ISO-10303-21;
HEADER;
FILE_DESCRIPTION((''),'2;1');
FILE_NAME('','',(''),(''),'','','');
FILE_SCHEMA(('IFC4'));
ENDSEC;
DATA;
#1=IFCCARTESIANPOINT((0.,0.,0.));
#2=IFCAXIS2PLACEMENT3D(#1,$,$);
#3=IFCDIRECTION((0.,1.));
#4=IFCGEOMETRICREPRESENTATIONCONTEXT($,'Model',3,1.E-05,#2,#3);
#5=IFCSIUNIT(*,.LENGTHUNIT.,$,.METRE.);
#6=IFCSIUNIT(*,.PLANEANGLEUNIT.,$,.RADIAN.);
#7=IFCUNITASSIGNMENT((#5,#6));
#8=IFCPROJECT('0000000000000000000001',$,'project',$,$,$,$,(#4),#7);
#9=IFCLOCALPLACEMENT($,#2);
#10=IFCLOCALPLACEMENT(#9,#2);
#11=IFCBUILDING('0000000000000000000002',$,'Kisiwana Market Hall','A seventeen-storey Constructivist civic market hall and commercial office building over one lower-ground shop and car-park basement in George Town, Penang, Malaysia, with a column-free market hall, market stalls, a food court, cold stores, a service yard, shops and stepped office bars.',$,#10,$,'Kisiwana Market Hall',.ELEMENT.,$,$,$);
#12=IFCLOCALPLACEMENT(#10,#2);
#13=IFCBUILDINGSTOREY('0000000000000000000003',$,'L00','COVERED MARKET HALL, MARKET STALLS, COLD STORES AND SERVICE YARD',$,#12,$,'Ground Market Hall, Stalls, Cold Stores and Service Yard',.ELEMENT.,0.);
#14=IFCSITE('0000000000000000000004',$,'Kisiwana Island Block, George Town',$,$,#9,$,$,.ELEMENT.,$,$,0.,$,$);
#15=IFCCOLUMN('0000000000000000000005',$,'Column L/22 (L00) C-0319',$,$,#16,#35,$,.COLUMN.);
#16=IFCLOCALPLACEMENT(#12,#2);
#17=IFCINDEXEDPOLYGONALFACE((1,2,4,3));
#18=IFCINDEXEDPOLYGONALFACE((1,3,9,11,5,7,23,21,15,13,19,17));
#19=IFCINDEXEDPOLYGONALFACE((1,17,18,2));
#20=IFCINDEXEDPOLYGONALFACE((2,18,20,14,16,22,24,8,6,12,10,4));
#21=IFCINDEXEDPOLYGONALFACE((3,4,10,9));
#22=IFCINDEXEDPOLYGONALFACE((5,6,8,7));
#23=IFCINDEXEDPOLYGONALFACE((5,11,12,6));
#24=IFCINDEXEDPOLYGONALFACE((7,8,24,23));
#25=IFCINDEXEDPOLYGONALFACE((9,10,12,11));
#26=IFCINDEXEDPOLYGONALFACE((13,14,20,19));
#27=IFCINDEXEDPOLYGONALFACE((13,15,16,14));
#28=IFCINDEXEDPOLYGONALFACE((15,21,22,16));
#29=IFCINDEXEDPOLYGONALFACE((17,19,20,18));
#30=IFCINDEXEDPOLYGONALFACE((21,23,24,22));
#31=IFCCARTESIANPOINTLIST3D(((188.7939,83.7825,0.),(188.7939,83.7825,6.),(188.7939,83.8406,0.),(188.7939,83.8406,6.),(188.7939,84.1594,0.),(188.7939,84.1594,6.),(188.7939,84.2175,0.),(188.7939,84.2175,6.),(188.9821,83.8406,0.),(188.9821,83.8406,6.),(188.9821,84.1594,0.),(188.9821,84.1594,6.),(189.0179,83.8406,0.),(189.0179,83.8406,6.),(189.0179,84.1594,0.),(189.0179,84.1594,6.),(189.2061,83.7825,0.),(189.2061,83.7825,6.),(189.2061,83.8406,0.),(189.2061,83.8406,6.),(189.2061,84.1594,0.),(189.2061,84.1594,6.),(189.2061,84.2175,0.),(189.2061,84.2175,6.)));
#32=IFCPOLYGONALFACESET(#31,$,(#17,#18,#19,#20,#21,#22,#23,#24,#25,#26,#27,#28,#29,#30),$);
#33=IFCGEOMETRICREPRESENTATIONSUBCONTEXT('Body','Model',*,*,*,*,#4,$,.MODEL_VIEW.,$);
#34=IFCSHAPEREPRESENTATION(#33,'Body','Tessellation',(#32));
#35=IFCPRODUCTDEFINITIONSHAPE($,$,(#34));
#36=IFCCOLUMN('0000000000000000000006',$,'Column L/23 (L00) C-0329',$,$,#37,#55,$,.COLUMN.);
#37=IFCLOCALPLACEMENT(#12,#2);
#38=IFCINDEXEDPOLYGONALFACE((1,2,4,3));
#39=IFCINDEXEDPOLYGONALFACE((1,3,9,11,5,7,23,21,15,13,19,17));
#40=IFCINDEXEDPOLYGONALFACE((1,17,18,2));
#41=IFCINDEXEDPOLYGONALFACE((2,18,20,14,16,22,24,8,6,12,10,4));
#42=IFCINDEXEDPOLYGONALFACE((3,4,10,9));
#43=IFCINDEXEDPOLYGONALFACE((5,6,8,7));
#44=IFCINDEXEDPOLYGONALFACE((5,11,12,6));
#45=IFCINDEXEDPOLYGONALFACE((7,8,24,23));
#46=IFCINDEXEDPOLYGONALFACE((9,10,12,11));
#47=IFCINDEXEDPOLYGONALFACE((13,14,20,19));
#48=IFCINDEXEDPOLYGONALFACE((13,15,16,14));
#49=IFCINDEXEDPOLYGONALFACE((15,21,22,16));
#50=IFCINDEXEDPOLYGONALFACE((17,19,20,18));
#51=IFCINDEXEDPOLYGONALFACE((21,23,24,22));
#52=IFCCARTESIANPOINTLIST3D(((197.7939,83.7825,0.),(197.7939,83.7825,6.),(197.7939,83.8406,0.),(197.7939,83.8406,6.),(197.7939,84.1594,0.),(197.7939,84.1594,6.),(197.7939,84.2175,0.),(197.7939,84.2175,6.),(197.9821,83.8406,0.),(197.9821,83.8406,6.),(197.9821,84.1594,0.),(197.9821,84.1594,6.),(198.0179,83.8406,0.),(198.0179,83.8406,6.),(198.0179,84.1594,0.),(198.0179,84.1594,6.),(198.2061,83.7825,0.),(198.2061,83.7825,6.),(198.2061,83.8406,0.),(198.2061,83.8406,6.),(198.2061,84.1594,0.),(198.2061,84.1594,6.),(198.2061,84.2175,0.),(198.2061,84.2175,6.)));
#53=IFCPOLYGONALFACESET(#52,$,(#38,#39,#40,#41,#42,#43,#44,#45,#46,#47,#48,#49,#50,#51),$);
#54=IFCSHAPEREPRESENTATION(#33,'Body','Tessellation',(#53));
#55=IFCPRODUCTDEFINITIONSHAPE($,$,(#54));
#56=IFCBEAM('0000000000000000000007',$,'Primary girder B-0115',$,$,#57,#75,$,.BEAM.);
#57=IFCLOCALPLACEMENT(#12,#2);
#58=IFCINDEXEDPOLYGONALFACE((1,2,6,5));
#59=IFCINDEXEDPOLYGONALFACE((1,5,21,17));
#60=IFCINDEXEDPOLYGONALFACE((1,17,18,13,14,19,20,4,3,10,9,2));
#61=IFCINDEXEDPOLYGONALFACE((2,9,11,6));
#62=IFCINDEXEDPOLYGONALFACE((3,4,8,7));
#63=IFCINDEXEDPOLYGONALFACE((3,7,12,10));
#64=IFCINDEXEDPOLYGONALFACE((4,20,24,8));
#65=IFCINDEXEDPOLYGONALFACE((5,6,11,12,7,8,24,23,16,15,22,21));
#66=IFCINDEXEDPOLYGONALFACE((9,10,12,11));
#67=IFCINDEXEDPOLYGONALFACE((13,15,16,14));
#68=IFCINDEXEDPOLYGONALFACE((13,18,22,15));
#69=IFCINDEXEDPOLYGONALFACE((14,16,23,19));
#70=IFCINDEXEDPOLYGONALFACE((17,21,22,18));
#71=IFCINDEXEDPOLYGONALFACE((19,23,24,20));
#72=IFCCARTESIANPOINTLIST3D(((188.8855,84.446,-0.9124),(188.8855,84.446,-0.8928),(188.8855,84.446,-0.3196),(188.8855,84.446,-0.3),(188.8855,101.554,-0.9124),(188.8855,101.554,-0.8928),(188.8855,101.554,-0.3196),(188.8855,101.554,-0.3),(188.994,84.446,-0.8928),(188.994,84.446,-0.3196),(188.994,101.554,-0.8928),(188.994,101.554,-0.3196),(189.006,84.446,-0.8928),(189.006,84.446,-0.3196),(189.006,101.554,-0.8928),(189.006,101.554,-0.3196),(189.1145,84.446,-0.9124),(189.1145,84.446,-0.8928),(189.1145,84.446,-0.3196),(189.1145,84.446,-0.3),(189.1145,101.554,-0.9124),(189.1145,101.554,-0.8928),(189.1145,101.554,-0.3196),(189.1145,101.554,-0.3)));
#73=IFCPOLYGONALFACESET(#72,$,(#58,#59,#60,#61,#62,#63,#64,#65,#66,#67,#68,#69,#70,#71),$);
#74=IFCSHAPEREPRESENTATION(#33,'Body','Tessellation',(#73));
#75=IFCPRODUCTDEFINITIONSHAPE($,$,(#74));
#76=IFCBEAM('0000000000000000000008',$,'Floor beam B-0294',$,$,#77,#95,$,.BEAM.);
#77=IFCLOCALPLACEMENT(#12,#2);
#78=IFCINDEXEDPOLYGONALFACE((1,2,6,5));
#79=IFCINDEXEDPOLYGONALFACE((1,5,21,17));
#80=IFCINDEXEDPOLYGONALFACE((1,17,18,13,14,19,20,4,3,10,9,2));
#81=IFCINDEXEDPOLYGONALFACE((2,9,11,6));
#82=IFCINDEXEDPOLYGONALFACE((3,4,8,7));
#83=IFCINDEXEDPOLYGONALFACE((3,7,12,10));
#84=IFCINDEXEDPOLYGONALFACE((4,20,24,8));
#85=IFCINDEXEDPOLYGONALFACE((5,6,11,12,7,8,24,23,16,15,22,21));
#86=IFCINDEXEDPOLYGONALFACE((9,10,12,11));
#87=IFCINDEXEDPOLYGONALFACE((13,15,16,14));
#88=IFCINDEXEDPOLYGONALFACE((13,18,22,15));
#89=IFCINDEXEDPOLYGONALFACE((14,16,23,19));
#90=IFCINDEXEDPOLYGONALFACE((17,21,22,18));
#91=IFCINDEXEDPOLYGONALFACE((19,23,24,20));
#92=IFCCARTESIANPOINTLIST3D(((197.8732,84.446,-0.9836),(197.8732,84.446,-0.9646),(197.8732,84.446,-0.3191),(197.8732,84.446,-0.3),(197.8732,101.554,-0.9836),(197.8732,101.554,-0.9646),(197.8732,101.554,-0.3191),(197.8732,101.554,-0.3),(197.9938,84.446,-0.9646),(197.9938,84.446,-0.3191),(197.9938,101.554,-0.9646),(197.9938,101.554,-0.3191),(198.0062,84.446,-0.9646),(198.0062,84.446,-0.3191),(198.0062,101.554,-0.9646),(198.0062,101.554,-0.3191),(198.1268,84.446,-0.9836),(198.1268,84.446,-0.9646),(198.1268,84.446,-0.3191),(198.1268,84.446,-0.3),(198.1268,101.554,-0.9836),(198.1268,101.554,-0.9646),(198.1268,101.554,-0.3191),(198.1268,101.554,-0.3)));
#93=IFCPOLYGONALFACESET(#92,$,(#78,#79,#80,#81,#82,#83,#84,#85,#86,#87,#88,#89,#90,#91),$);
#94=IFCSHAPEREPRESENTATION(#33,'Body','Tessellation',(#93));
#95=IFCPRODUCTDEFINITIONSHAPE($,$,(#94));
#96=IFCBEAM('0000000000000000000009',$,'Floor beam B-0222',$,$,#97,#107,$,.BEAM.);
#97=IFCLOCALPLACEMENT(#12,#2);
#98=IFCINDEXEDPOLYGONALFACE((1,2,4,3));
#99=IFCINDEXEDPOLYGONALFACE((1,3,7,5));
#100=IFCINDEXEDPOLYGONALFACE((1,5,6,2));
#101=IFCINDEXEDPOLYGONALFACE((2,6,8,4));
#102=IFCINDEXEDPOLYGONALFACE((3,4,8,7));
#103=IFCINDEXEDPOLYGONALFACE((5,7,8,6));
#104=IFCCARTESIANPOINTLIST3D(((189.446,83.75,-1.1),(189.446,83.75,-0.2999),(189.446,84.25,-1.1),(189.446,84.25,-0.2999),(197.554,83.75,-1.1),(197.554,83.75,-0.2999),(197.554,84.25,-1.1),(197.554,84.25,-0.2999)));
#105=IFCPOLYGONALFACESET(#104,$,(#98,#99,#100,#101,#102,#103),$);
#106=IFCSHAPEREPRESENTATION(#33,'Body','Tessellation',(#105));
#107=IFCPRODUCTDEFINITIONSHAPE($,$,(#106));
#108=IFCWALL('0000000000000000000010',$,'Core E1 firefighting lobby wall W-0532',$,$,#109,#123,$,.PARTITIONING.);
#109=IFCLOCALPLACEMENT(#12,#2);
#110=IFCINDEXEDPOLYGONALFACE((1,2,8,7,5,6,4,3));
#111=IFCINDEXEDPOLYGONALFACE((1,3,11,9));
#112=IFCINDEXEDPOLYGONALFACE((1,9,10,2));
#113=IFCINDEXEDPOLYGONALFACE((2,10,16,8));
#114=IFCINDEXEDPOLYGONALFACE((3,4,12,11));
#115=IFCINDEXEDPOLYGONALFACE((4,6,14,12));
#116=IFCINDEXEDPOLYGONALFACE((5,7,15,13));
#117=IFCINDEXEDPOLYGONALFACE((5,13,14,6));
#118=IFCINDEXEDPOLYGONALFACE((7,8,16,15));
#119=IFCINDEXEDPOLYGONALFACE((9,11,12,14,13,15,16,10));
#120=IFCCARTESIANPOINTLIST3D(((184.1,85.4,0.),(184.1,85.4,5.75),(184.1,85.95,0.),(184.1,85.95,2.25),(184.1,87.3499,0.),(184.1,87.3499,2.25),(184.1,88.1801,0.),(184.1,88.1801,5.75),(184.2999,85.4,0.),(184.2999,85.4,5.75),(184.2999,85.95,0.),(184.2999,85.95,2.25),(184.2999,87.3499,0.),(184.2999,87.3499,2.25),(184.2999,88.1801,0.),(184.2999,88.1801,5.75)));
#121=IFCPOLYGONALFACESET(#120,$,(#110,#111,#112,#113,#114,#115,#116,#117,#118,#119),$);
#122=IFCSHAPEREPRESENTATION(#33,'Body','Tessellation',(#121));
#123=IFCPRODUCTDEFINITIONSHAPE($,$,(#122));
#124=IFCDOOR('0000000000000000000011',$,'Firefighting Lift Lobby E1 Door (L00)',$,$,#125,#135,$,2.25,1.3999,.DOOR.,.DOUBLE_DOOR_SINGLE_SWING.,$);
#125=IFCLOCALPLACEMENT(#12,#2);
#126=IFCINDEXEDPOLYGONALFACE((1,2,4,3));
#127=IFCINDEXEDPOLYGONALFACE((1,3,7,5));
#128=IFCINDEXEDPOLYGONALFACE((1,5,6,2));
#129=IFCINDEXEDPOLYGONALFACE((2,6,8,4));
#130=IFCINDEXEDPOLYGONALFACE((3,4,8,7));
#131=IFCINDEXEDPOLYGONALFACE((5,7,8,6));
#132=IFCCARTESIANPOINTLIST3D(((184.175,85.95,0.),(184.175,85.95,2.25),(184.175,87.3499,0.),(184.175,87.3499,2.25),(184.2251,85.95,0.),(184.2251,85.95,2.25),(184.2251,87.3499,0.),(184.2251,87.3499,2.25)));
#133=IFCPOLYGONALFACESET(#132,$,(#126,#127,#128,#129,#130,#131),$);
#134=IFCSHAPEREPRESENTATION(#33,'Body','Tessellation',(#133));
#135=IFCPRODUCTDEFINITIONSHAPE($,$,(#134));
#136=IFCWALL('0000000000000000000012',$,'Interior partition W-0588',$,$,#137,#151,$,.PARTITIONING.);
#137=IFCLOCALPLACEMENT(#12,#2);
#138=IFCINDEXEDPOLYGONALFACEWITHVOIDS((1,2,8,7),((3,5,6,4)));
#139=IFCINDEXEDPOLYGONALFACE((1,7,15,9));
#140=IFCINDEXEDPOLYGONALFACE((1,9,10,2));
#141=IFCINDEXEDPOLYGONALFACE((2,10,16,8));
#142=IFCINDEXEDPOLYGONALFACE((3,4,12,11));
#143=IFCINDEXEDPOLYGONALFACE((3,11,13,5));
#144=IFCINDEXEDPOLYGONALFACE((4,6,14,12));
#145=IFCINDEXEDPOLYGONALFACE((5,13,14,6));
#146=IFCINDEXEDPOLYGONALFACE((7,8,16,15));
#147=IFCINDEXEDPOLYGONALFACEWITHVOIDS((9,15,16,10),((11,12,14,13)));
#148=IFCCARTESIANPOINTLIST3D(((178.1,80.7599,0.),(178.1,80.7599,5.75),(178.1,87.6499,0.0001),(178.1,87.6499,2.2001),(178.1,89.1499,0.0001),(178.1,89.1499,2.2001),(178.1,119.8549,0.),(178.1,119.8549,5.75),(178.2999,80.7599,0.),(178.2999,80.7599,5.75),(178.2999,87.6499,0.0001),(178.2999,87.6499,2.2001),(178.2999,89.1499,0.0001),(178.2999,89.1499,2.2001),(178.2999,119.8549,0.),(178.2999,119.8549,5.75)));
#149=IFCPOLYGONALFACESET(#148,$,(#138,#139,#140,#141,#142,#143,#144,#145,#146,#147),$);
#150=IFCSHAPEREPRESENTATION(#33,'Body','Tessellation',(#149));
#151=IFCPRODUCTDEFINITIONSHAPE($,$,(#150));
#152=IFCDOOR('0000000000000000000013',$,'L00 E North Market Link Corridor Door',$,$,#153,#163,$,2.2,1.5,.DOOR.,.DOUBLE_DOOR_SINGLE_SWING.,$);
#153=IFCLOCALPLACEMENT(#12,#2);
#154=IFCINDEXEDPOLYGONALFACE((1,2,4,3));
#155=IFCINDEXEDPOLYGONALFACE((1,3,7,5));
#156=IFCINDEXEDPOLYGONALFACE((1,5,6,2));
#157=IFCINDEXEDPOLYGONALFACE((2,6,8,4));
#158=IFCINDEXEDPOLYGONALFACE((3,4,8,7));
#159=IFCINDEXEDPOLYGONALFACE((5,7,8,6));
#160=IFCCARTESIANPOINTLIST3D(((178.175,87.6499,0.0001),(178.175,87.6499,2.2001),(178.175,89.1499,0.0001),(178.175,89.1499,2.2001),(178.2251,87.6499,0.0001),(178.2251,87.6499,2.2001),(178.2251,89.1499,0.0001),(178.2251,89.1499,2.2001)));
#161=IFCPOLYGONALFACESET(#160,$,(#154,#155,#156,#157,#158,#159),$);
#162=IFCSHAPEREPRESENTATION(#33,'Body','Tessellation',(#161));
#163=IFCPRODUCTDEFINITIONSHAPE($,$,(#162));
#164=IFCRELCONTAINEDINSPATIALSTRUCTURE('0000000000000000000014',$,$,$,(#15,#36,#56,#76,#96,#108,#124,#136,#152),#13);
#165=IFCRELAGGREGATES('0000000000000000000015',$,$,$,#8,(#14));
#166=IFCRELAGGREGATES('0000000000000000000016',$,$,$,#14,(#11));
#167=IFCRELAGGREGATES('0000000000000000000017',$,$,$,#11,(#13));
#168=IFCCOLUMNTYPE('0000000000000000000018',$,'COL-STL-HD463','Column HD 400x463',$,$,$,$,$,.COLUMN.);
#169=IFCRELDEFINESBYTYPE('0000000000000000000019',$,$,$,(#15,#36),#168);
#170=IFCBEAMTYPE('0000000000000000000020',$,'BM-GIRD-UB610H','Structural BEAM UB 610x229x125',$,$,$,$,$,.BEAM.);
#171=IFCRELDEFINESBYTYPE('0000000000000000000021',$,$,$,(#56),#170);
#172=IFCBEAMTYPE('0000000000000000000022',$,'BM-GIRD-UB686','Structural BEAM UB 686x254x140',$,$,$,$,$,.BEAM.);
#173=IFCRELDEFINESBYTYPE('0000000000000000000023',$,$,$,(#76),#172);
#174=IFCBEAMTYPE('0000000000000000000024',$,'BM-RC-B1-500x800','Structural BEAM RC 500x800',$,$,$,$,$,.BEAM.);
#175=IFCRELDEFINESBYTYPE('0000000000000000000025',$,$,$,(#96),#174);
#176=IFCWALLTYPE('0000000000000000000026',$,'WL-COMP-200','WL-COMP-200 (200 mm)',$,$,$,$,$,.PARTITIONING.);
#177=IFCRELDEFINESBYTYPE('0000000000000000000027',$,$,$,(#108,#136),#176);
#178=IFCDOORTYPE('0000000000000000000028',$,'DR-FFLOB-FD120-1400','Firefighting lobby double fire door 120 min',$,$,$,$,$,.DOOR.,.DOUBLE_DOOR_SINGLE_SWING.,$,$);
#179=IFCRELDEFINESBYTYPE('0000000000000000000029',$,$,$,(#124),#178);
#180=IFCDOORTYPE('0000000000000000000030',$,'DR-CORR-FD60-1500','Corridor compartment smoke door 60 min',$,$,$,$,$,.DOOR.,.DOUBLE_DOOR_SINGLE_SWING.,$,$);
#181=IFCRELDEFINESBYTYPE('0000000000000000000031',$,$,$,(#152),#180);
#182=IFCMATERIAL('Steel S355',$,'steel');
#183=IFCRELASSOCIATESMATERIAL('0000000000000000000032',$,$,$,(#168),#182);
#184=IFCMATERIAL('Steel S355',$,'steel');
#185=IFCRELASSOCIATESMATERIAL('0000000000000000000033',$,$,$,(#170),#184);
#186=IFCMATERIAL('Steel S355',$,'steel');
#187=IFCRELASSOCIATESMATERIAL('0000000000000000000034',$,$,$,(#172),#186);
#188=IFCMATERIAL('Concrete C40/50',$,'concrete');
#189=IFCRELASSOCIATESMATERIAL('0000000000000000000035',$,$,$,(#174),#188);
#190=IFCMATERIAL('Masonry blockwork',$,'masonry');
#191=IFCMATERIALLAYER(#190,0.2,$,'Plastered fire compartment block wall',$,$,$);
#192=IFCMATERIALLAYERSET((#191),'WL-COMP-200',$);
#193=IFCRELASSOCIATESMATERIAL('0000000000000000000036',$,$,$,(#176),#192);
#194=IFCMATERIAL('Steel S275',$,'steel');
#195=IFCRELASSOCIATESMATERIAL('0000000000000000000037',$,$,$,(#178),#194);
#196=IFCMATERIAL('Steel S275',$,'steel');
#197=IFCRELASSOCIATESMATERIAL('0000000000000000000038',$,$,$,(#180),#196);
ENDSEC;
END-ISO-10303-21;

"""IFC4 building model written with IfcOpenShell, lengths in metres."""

from ifc_helpers import new_model, si_unit, direction, frame, frame_2d, origin, origin_2d, place, context, subcontext, project, spatial, rectangle, i_section, extrude, material, layer, layer_set, material_profile, profile_set, type_object, element, fill, save


model = new_model("IFC4")

# Units and contexts
model_context = context("Model", 3, precision=1e-05, world=origin(), true_north=direction((0.0, 1.0)))
body_context = subcontext(model_context, "Body", "Model", "MODEL_VIEW")
ifc_project = project(units=[si_unit("LENGTHUNIT", "METRE"), si_unit("PLANEANGLEUNIT", "RADIAN")], contexts=[model_context])

# Site, building, storey
site_placement = place(None, origin())
site = spatial("IfcSite", under=ifc_project, at=site_placement, Name="Kisiwana Island Block, George Town", CompositionType="ELEMENT", RefElevation=0.0)
building_placement = place(site_placement, origin())
building = spatial("IfcBuilding", under=site, at=building_placement, Name="Kisiwana Market Hall", Description="A seventeen-storey Constructivist civic market hall and commercial office building over one lower-ground shop and car-park basement in George Town, Penang, Malaysia, with a column-free market hall, market stalls, a food court, cold stores, a service yard, shops and stepped office bars.", LongName="Kisiwana Market Hall", CompositionType="ELEMENT")
storey_placement = place(building_placement, origin())
storey = spatial("IfcBuildingStorey", under=building, at=storey_placement, Name="L00", Description="COVERED MARKET HALL, MARKET STALLS, COLD STORES AND SERVICE YARD", LongName="Ground Market Hall, Stalls, Cold Stores and Service Yard", CompositionType="ELEMENT", Elevation=0.0)

# Columns
ifc_material_1 = material(Name="Steel S355", Category="steel")
ifc_material_profile_1 = material_profile(ifc_material_1, i_section(OverallWidth=0.4121, OverallDepth=0.4351, WebThickness=0.0359, FlangeThickness=0.0581, at=origin_2d()), Name="HD 400x463")
ifc_profile_set_1 = profile_set([ifc_material_profile_1], Name="Steel S355")
column_type = type_object("IfcColumnType", Name="COL-STL-HD463", Description="Column HD 400x463", PredefinedType="COLUMN", material=ifc_profile_set_1)
for number, where, z_axis, x_axis, name in (
    (1, (189.0, 84.0, 0.0), (0.0, 0.0, 1.0), (1.0, 0.0, 0.0), "Column L/22 (L00) C-0319"),
    (2, (198.0, 84.0, 0.0), (0.0, 0.0, 1.0), (1.0, 0.0, 0.0), "Column L/23 (L00) C-0329"),
):
    element("IfcColumn", number, at=place(storey_placement, frame(where, z_axis=z_axis, x_axis=x_axis)), inside=storey, type_object=column_type, Name=name, PredefinedType="COLUMN", context=body_context, shape_type="SweptSolid", body=[
        extrude(i_section(OverallWidth=0.4121, OverallDepth=0.4351, WebThickness=0.0359, FlangeThickness=0.0581, at=origin_2d()), origin(), (0.0, 0.0, 1.0), 6.0),
    ])

# Beams
ifc_material_2 = material(Name="Steel S355", Category="steel")
ifc_material_profile_2 = material_profile(ifc_material_2, i_section(OverallWidth=0.229, OverallDepth=0.6123, WebThickness=0.012, FlangeThickness=0.0195, at=origin_2d()), Name="UB 610x229x125")
ifc_profile_set_2 = profile_set([ifc_material_profile_2], Name="Steel S355")
beam_type_1 = type_object("IfcBeamType", Name="BM-GIRD-UB610H", Description="Structural BEAM UB 610x229x125", PredefinedType="BEAM", material=ifc_profile_set_2)
beam_1_placement = place(storey_placement, frame((189.0, 84.446, -0.6062), z_axis=(0.0, 1.0, 0.0), x_axis=(-1.0, 0.0, 0.0)))
element("IfcBeam", 3, at=beam_1_placement, inside=storey, type_object=beam_type_1, Name="Primary girder B-0115", PredefinedType="BEAM", context=body_context, shape_type="SweptSolid", body=[
    extrude(i_section(OverallWidth=0.229, OverallDepth=0.6123, WebThickness=0.012, FlangeThickness=0.0195, at=origin_2d()), origin(), (0.0, 0.0, 1.0), 17.1079),
])
ifc_material_3 = material(Name="Steel S355", Category="steel")
ifc_material_profile_3 = material_profile(ifc_material_3, i_section(OverallWidth=0.2537, OverallDepth=0.6836, WebThickness=0.0125, FlangeThickness=0.019, at=origin_2d()), Name="UB 686x254x140")
ifc_profile_set_3 = profile_set([ifc_material_profile_3], Name="Steel S355")
beam_type_2 = type_object("IfcBeamType", Name="BM-GIRD-UB686", Description="Structural BEAM UB 686x254x140", PredefinedType="BEAM", material=ifc_profile_set_3)
beam_2_placement = place(storey_placement, frame((198.0, 84.446, -0.6418), z_axis=(0.0, 1.0, 0.0), x_axis=(-1.0, 0.0, 0.0)))
element("IfcBeam", 4, at=beam_2_placement, inside=storey, type_object=beam_type_2, Name="Floor beam B-0294", PredefinedType="BEAM", context=body_context, shape_type="SweptSolid", body=[
    extrude(i_section(OverallWidth=0.2537, OverallDepth=0.6836, WebThickness=0.0125, FlangeThickness=0.019, at=origin_2d()), origin(), (0.0, 0.0, 1.0), 17.1079),
])
ifc_material_4 = material(Name="Concrete C40/50", Category="concrete")
ifc_material_profile_4 = material_profile(ifc_material_4, rectangle(XDim=0.5, YDim=0.8, at=origin_2d()), Name="RC 500x800")
ifc_profile_set_4 = profile_set([ifc_material_profile_4], Name="Concrete C40/50")
beam_type_3 = type_object("IfcBeamType", Name="BM-RC-B1-500x800", Description="Structural BEAM RC 500x800", PredefinedType="BEAM", material=ifc_profile_set_4)
beam_3_placement = place(storey_placement, frame((189.446, 84.0, -0.7), z_axis=(1.0, 0.0, 0.0), x_axis=(0.0, 1.0, 0.0)))
element("IfcBeam", 5, at=beam_3_placement, inside=storey, type_object=beam_type_3, Name="Floor beam B-0222", PredefinedType="BEAM", context=body_context, shape_type="SweptSolid", body=[
    extrude(rectangle(XDim=0.5, YDim=0.8, at=origin_2d()), origin(), (0.0, 0.0, 1.0), 8.1079),
])

# Walls, openings, doors
ifc_material_5 = material(Name="Masonry blockwork", Category="masonry")
ifc_layer_1 = layer(ifc_material_5, 0.2, Name="Plastered fire compartment block wall")
ifc_layer_set_1 = layer_set([ifc_layer_1], Name="WL-COMP-200")
wall_type_1 = type_object("IfcWallType", Name="WL-COMP-200", Description="WL-COMP-200 (200 mm)", PredefinedType="PARTITIONING", material=ifc_layer_set_1)
wall_1_placement = place(storey_placement, frame((184.2, 85.3999, 0.0), z_axis=(0.0, 0.0, 1.0), x_axis=(0.0, 1.0, 0.0)))
wall_1 = element("IfcWall", 6, at=wall_1_placement, inside=storey, type_object=wall_type_1, Name="Core E1 firefighting lobby wall W-0532", PredefinedType="PARTITIONING", context=body_context, shape_type="SweptSolid", body=[
    extrude(rectangle(XDim=2.78, YDim=0.2, at=frame_2d((1.3901, 0.0))), origin(), (0.0, 0.0, 1.0), 5.75),
])
opening_1_placement = place(wall_1_placement, frame((0.55, 0.0, 0.0)))
opening_1 = element("IfcOpeningElement", 7, at=opening_1_placement, cuts=wall_1, PredefinedType="OPENING", context=body_context, shape_type="SweptSolid", body=[
    extrude(rectangle(XDim=1.3999, YDim=2.25, at=frame_2d((0.7, 1.125))), frame((0.0, 0.1118, 0.0), z_axis=(0.0, -1.0, 0.0), x_axis=(1.0, 0.0, 0.0)), (0.0, 0.0, 1.0), 0.2239),
])
ifc_material_6 = material(Name="Steel S275", Category="steel")
door_type_1 = type_object("IfcDoorType", Name="DR-FFLOB-FD120-1400", Description="Firefighting lobby double fire door 120 min", OperationType="DOUBLE_DOOR_SINGLE_SWING", PredefinedType="DOOR", material=ifc_material_6)
door_1_placement = place(opening_1_placement, origin())
door_1 = element("IfcDoor", 8, at=door_1_placement, inside=storey, type_object=door_type_1, Name="Firefighting Lift Lobby E1 Door (L00)", OperationType="DOUBLE_DOOR_SINGLE_SWING", OverallHeight=2.25, OverallWidth=1.3999, PredefinedType="DOOR", context=body_context, shape_type="SweptSolid", body=[
    extrude(rectangle(XDim=1.3999, YDim=2.25, at=frame_2d((0.7, 1.125))), frame((0.0, 0.0249, 0.0), z_axis=(0.0, -1.0, 0.0), x_axis=(1.0, 0.0, 0.0)), (0.0, 0.0, 1.0), 0.05),
])
fill(opening_1, door_1)
wall_2_placement = place(storey_placement, frame((178.2, 80.76, 0.0), z_axis=(0.0, 0.0, 1.0), x_axis=(0.0, 1.0, 0.0)))
wall_2 = element("IfcWall", 9, at=wall_2_placement, inside=storey, type_object=wall_type_1, Name="Interior partition W-0588", PredefinedType="PARTITIONING", context=body_context, shape_type="SweptSolid", body=[
    extrude(rectangle(XDim=39.095, YDim=0.2, at=frame_2d((19.5474, 0.0))), origin(), (0.0, 0.0, 1.0), 5.75),
])
opening_2_placement = place(wall_2_placement, frame((6.8899, 0.0, 0.0)))
opening_2 = element("IfcOpeningElement", 10, at=opening_2_placement, cuts=wall_2, PredefinedType="OPENING", context=body_context, shape_type="SweptSolid", body=[
    extrude(rectangle(XDim=1.5, YDim=2.2, at=frame_2d((0.75, 1.1001))), frame((0.0, 0.1118, 0.0), z_axis=(0.0, -1.0, 0.0), x_axis=(1.0, 0.0, 0.0)), (0.0, 0.0, 1.0), 0.2239),
])
ifc_material_7 = material(Name="Steel S275", Category="steel")
door_type_2 = type_object("IfcDoorType", Name="DR-CORR-FD60-1500", Description="Corridor compartment smoke door 60 min", OperationType="DOUBLE_DOOR_SINGLE_SWING", PredefinedType="DOOR", material=ifc_material_7)
door_2_placement = place(opening_2_placement, origin())
door_2 = element("IfcDoor", 11, at=door_2_placement, inside=storey, type_object=door_type_2, Name="L00 E North Market Link Corridor Door", OperationType="DOUBLE_DOOR_SINGLE_SWING", OverallHeight=2.2, OverallWidth=1.5, PredefinedType="DOOR", context=body_context, shape_type="SweptSolid", body=[
    extrude(rectangle(XDim=1.5, YDim=2.2, at=frame_2d((0.75, 1.1001))), frame((0.0, 0.0249, 0.0), z_axis=(0.0, -1.0, 0.0), x_axis=(1.0, 0.0, 0.0)), (0.0, 0.0, 1.0), 0.05),
])
fill(opening_2, door_2)

save(model, "model.ifc")
